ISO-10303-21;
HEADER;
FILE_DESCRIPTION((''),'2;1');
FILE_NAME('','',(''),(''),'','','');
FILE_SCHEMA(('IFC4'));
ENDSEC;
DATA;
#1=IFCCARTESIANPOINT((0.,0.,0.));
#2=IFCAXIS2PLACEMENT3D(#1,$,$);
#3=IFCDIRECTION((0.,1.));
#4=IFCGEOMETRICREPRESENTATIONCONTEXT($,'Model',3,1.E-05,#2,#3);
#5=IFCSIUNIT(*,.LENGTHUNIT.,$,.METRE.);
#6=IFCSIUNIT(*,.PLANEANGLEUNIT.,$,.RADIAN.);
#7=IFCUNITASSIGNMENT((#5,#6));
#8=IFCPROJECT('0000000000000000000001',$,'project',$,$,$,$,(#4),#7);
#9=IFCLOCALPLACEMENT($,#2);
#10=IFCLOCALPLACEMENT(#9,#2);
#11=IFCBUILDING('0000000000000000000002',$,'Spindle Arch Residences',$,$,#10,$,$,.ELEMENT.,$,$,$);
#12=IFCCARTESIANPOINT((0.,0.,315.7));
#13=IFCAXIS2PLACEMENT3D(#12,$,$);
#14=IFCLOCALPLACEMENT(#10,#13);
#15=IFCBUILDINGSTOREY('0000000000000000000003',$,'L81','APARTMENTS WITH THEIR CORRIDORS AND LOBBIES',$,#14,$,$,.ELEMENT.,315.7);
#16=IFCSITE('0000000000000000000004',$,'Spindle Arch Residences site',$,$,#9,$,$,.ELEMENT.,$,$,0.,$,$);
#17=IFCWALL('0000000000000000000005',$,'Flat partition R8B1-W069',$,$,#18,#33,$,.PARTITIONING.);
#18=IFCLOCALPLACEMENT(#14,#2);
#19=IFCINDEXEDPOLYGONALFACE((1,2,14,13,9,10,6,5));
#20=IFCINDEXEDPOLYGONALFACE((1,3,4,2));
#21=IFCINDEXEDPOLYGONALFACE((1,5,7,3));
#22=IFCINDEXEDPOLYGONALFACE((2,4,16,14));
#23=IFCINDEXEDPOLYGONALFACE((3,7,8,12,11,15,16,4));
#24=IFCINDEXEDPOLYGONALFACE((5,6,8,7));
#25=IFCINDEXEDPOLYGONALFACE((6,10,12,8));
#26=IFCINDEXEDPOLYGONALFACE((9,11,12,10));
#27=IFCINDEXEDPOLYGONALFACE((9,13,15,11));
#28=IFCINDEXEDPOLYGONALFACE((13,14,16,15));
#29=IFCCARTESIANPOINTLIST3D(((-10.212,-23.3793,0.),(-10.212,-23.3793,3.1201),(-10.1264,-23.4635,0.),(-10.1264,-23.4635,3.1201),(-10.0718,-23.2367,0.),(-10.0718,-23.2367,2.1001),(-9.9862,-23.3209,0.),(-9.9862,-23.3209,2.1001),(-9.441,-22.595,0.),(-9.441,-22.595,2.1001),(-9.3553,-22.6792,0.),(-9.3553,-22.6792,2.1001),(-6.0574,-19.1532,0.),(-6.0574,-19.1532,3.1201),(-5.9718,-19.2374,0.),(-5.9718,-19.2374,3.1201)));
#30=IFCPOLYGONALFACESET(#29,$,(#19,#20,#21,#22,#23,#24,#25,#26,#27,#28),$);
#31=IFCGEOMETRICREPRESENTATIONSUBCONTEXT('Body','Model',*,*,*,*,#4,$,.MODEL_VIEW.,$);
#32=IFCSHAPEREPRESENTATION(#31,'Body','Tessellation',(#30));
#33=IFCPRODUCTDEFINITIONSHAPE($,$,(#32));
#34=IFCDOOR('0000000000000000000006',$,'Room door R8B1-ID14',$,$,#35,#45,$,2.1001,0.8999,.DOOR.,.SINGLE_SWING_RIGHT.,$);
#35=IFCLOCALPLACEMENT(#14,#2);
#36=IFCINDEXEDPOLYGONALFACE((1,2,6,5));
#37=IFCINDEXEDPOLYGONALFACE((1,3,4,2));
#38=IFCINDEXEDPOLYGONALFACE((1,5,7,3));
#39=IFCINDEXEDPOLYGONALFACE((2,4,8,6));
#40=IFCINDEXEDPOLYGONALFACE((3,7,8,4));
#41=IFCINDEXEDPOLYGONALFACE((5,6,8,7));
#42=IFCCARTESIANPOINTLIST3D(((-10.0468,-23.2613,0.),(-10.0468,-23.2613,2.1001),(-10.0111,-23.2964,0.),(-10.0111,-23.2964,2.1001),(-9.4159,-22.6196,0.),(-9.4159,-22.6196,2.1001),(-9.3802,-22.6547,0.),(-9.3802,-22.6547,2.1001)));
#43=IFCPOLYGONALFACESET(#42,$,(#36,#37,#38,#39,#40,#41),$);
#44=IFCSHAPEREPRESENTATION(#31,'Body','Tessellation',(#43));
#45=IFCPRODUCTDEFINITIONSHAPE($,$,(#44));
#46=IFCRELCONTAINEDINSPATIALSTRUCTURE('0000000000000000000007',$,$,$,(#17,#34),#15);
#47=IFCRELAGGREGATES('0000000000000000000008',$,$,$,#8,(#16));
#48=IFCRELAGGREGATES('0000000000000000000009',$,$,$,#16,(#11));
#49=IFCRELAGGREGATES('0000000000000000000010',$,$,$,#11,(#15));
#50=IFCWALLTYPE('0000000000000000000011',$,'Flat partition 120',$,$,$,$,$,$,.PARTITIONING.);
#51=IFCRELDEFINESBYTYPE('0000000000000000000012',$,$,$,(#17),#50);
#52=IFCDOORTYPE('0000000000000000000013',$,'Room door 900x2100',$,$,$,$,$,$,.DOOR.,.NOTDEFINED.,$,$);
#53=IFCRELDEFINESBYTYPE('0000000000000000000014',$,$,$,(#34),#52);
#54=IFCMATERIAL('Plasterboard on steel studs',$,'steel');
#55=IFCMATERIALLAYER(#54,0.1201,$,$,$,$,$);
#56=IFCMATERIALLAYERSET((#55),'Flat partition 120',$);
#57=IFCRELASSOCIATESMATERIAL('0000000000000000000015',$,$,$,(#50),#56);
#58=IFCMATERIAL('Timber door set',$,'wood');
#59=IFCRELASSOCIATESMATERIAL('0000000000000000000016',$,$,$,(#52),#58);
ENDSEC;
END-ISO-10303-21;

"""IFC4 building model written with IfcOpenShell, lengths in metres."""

from ifc_helpers import new_model, si_unit, direction, frame, frame_2d, origin, place, context, subcontext, project, spatial, rectangle, extrude, material, layer, layer_set, type_object, element, fill, save


model = new_model("IFC4")

# Units and contexts
model_context = context("Model", 3, precision=1e-05, world=origin(), true_north=direction((0.0, 1.0)))
body_context = subcontext(model_context, "Body", "Model", "MODEL_VIEW")
ifc_project = project(units=[si_unit("LENGTHUNIT", "METRE"), si_unit("PLANEANGLEUNIT", "RADIAN")], contexts=[model_context])

# Site, building, storey
site_placement = place(None, origin())
site = spatial("IfcSite", under=ifc_project, at=site_placement, Name="Spindle Arch Residences site", CompositionType="ELEMENT", RefElevation=0.0)
building_placement = place(site_placement, origin())
building = spatial("IfcBuilding", under=site, at=building_placement, Name="Spindle Arch Residences", CompositionType="ELEMENT")
storey_placement = place(building_placement, frame((0.0, 0.0, 315.7)))
storey = spatial("IfcBuildingStorey", under=building, at=storey_placement, Name="L81", Description="APARTMENTS WITH THEIR CORRIDORS AND LOBBIES", CompositionType="ELEMENT", Elevation=315.7)

# Shared definitions
ifc_material_1 = material(Name="Plasterboard on steel studs", Category="steel")
ifc_layer_1 = layer(ifc_material_1, 0.1201)
ifc_layer_set_1 = layer_set([ifc_layer_1], Name="Flat partition 120")
wall_type = type_object("IfcWallType", Name="Flat partition 120", PredefinedType="PARTITIONING", material=ifc_layer_set_1)

# Wall, opening, door
wall_1_placement = place(storey_placement, frame((-10.1692, -23.4214, 0.0), z_axis=(0.0, 0.0, 1.0), x_axis=(0.701046, 0.713116, 0.0)))
wall_1 = element("IfcWall", 1, at=wall_1_placement, inside=storey, type_object=wall_type, Name="Flat partition R8B1-W069", PredefinedType="PARTITIONING", context=body_context, shape_type="SweptSolid", body=[
    extrude(rectangle(XDim=5.9263, YDim=0.1201, at=frame_2d((2.9631, 0.0))), origin(), (0.0, 0.0, 1.0), 3.1201),
])
opening_placement = place(wall_1_placement, frame((0.2, 0.0, 0.0)))
opening = element("IfcOpeningElement", 2, at=opening_placement, cuts=wall_1, PredefinedType="OPENING", context=body_context, shape_type="SweptSolid", body=[
    extrude(rectangle(XDim=0.8999, YDim=2.1001, at=frame_2d((0.45, 1.05))), frame((0.0, 0.0701, 0.0), z_axis=(0.0, -1.0, 0.0), x_axis=(1.0, 0.0, 0.0)), (0.0, 0.0, 1.0), 0.1401),
])
ifc_material_2 = material(Name="Timber door set", Category="wood")
door_type = type_object("IfcDoorType", Name="Room door 900x2100", OperationType="NOTDEFINED", PredefinedType="DOOR", material=ifc_material_2)
door_placement = place(opening_placement, origin())
door = element("IfcDoor", 3, at=door_placement, inside=storey, type_object=door_type, Name="Room door R8B1-ID14", OperationType="SINGLE_SWING_RIGHT", OverallHeight=2.1001, OverallWidth=0.8999, PredefinedType="DOOR", context=body_context, shape_type="SweptSolid", body=[
    extrude(rectangle(XDim=0.8999, YDim=2.1001, at=frame_2d((0.45, 1.05))), frame((0.0, 0.0249, 0.0), z_axis=(0.0, -1.0, 0.0), x_axis=(1.0, 0.0, 0.0)), (0.0, 0.0, 1.0), 0.05),
])
fill(opening, door)

save(model, "model.ifc")
